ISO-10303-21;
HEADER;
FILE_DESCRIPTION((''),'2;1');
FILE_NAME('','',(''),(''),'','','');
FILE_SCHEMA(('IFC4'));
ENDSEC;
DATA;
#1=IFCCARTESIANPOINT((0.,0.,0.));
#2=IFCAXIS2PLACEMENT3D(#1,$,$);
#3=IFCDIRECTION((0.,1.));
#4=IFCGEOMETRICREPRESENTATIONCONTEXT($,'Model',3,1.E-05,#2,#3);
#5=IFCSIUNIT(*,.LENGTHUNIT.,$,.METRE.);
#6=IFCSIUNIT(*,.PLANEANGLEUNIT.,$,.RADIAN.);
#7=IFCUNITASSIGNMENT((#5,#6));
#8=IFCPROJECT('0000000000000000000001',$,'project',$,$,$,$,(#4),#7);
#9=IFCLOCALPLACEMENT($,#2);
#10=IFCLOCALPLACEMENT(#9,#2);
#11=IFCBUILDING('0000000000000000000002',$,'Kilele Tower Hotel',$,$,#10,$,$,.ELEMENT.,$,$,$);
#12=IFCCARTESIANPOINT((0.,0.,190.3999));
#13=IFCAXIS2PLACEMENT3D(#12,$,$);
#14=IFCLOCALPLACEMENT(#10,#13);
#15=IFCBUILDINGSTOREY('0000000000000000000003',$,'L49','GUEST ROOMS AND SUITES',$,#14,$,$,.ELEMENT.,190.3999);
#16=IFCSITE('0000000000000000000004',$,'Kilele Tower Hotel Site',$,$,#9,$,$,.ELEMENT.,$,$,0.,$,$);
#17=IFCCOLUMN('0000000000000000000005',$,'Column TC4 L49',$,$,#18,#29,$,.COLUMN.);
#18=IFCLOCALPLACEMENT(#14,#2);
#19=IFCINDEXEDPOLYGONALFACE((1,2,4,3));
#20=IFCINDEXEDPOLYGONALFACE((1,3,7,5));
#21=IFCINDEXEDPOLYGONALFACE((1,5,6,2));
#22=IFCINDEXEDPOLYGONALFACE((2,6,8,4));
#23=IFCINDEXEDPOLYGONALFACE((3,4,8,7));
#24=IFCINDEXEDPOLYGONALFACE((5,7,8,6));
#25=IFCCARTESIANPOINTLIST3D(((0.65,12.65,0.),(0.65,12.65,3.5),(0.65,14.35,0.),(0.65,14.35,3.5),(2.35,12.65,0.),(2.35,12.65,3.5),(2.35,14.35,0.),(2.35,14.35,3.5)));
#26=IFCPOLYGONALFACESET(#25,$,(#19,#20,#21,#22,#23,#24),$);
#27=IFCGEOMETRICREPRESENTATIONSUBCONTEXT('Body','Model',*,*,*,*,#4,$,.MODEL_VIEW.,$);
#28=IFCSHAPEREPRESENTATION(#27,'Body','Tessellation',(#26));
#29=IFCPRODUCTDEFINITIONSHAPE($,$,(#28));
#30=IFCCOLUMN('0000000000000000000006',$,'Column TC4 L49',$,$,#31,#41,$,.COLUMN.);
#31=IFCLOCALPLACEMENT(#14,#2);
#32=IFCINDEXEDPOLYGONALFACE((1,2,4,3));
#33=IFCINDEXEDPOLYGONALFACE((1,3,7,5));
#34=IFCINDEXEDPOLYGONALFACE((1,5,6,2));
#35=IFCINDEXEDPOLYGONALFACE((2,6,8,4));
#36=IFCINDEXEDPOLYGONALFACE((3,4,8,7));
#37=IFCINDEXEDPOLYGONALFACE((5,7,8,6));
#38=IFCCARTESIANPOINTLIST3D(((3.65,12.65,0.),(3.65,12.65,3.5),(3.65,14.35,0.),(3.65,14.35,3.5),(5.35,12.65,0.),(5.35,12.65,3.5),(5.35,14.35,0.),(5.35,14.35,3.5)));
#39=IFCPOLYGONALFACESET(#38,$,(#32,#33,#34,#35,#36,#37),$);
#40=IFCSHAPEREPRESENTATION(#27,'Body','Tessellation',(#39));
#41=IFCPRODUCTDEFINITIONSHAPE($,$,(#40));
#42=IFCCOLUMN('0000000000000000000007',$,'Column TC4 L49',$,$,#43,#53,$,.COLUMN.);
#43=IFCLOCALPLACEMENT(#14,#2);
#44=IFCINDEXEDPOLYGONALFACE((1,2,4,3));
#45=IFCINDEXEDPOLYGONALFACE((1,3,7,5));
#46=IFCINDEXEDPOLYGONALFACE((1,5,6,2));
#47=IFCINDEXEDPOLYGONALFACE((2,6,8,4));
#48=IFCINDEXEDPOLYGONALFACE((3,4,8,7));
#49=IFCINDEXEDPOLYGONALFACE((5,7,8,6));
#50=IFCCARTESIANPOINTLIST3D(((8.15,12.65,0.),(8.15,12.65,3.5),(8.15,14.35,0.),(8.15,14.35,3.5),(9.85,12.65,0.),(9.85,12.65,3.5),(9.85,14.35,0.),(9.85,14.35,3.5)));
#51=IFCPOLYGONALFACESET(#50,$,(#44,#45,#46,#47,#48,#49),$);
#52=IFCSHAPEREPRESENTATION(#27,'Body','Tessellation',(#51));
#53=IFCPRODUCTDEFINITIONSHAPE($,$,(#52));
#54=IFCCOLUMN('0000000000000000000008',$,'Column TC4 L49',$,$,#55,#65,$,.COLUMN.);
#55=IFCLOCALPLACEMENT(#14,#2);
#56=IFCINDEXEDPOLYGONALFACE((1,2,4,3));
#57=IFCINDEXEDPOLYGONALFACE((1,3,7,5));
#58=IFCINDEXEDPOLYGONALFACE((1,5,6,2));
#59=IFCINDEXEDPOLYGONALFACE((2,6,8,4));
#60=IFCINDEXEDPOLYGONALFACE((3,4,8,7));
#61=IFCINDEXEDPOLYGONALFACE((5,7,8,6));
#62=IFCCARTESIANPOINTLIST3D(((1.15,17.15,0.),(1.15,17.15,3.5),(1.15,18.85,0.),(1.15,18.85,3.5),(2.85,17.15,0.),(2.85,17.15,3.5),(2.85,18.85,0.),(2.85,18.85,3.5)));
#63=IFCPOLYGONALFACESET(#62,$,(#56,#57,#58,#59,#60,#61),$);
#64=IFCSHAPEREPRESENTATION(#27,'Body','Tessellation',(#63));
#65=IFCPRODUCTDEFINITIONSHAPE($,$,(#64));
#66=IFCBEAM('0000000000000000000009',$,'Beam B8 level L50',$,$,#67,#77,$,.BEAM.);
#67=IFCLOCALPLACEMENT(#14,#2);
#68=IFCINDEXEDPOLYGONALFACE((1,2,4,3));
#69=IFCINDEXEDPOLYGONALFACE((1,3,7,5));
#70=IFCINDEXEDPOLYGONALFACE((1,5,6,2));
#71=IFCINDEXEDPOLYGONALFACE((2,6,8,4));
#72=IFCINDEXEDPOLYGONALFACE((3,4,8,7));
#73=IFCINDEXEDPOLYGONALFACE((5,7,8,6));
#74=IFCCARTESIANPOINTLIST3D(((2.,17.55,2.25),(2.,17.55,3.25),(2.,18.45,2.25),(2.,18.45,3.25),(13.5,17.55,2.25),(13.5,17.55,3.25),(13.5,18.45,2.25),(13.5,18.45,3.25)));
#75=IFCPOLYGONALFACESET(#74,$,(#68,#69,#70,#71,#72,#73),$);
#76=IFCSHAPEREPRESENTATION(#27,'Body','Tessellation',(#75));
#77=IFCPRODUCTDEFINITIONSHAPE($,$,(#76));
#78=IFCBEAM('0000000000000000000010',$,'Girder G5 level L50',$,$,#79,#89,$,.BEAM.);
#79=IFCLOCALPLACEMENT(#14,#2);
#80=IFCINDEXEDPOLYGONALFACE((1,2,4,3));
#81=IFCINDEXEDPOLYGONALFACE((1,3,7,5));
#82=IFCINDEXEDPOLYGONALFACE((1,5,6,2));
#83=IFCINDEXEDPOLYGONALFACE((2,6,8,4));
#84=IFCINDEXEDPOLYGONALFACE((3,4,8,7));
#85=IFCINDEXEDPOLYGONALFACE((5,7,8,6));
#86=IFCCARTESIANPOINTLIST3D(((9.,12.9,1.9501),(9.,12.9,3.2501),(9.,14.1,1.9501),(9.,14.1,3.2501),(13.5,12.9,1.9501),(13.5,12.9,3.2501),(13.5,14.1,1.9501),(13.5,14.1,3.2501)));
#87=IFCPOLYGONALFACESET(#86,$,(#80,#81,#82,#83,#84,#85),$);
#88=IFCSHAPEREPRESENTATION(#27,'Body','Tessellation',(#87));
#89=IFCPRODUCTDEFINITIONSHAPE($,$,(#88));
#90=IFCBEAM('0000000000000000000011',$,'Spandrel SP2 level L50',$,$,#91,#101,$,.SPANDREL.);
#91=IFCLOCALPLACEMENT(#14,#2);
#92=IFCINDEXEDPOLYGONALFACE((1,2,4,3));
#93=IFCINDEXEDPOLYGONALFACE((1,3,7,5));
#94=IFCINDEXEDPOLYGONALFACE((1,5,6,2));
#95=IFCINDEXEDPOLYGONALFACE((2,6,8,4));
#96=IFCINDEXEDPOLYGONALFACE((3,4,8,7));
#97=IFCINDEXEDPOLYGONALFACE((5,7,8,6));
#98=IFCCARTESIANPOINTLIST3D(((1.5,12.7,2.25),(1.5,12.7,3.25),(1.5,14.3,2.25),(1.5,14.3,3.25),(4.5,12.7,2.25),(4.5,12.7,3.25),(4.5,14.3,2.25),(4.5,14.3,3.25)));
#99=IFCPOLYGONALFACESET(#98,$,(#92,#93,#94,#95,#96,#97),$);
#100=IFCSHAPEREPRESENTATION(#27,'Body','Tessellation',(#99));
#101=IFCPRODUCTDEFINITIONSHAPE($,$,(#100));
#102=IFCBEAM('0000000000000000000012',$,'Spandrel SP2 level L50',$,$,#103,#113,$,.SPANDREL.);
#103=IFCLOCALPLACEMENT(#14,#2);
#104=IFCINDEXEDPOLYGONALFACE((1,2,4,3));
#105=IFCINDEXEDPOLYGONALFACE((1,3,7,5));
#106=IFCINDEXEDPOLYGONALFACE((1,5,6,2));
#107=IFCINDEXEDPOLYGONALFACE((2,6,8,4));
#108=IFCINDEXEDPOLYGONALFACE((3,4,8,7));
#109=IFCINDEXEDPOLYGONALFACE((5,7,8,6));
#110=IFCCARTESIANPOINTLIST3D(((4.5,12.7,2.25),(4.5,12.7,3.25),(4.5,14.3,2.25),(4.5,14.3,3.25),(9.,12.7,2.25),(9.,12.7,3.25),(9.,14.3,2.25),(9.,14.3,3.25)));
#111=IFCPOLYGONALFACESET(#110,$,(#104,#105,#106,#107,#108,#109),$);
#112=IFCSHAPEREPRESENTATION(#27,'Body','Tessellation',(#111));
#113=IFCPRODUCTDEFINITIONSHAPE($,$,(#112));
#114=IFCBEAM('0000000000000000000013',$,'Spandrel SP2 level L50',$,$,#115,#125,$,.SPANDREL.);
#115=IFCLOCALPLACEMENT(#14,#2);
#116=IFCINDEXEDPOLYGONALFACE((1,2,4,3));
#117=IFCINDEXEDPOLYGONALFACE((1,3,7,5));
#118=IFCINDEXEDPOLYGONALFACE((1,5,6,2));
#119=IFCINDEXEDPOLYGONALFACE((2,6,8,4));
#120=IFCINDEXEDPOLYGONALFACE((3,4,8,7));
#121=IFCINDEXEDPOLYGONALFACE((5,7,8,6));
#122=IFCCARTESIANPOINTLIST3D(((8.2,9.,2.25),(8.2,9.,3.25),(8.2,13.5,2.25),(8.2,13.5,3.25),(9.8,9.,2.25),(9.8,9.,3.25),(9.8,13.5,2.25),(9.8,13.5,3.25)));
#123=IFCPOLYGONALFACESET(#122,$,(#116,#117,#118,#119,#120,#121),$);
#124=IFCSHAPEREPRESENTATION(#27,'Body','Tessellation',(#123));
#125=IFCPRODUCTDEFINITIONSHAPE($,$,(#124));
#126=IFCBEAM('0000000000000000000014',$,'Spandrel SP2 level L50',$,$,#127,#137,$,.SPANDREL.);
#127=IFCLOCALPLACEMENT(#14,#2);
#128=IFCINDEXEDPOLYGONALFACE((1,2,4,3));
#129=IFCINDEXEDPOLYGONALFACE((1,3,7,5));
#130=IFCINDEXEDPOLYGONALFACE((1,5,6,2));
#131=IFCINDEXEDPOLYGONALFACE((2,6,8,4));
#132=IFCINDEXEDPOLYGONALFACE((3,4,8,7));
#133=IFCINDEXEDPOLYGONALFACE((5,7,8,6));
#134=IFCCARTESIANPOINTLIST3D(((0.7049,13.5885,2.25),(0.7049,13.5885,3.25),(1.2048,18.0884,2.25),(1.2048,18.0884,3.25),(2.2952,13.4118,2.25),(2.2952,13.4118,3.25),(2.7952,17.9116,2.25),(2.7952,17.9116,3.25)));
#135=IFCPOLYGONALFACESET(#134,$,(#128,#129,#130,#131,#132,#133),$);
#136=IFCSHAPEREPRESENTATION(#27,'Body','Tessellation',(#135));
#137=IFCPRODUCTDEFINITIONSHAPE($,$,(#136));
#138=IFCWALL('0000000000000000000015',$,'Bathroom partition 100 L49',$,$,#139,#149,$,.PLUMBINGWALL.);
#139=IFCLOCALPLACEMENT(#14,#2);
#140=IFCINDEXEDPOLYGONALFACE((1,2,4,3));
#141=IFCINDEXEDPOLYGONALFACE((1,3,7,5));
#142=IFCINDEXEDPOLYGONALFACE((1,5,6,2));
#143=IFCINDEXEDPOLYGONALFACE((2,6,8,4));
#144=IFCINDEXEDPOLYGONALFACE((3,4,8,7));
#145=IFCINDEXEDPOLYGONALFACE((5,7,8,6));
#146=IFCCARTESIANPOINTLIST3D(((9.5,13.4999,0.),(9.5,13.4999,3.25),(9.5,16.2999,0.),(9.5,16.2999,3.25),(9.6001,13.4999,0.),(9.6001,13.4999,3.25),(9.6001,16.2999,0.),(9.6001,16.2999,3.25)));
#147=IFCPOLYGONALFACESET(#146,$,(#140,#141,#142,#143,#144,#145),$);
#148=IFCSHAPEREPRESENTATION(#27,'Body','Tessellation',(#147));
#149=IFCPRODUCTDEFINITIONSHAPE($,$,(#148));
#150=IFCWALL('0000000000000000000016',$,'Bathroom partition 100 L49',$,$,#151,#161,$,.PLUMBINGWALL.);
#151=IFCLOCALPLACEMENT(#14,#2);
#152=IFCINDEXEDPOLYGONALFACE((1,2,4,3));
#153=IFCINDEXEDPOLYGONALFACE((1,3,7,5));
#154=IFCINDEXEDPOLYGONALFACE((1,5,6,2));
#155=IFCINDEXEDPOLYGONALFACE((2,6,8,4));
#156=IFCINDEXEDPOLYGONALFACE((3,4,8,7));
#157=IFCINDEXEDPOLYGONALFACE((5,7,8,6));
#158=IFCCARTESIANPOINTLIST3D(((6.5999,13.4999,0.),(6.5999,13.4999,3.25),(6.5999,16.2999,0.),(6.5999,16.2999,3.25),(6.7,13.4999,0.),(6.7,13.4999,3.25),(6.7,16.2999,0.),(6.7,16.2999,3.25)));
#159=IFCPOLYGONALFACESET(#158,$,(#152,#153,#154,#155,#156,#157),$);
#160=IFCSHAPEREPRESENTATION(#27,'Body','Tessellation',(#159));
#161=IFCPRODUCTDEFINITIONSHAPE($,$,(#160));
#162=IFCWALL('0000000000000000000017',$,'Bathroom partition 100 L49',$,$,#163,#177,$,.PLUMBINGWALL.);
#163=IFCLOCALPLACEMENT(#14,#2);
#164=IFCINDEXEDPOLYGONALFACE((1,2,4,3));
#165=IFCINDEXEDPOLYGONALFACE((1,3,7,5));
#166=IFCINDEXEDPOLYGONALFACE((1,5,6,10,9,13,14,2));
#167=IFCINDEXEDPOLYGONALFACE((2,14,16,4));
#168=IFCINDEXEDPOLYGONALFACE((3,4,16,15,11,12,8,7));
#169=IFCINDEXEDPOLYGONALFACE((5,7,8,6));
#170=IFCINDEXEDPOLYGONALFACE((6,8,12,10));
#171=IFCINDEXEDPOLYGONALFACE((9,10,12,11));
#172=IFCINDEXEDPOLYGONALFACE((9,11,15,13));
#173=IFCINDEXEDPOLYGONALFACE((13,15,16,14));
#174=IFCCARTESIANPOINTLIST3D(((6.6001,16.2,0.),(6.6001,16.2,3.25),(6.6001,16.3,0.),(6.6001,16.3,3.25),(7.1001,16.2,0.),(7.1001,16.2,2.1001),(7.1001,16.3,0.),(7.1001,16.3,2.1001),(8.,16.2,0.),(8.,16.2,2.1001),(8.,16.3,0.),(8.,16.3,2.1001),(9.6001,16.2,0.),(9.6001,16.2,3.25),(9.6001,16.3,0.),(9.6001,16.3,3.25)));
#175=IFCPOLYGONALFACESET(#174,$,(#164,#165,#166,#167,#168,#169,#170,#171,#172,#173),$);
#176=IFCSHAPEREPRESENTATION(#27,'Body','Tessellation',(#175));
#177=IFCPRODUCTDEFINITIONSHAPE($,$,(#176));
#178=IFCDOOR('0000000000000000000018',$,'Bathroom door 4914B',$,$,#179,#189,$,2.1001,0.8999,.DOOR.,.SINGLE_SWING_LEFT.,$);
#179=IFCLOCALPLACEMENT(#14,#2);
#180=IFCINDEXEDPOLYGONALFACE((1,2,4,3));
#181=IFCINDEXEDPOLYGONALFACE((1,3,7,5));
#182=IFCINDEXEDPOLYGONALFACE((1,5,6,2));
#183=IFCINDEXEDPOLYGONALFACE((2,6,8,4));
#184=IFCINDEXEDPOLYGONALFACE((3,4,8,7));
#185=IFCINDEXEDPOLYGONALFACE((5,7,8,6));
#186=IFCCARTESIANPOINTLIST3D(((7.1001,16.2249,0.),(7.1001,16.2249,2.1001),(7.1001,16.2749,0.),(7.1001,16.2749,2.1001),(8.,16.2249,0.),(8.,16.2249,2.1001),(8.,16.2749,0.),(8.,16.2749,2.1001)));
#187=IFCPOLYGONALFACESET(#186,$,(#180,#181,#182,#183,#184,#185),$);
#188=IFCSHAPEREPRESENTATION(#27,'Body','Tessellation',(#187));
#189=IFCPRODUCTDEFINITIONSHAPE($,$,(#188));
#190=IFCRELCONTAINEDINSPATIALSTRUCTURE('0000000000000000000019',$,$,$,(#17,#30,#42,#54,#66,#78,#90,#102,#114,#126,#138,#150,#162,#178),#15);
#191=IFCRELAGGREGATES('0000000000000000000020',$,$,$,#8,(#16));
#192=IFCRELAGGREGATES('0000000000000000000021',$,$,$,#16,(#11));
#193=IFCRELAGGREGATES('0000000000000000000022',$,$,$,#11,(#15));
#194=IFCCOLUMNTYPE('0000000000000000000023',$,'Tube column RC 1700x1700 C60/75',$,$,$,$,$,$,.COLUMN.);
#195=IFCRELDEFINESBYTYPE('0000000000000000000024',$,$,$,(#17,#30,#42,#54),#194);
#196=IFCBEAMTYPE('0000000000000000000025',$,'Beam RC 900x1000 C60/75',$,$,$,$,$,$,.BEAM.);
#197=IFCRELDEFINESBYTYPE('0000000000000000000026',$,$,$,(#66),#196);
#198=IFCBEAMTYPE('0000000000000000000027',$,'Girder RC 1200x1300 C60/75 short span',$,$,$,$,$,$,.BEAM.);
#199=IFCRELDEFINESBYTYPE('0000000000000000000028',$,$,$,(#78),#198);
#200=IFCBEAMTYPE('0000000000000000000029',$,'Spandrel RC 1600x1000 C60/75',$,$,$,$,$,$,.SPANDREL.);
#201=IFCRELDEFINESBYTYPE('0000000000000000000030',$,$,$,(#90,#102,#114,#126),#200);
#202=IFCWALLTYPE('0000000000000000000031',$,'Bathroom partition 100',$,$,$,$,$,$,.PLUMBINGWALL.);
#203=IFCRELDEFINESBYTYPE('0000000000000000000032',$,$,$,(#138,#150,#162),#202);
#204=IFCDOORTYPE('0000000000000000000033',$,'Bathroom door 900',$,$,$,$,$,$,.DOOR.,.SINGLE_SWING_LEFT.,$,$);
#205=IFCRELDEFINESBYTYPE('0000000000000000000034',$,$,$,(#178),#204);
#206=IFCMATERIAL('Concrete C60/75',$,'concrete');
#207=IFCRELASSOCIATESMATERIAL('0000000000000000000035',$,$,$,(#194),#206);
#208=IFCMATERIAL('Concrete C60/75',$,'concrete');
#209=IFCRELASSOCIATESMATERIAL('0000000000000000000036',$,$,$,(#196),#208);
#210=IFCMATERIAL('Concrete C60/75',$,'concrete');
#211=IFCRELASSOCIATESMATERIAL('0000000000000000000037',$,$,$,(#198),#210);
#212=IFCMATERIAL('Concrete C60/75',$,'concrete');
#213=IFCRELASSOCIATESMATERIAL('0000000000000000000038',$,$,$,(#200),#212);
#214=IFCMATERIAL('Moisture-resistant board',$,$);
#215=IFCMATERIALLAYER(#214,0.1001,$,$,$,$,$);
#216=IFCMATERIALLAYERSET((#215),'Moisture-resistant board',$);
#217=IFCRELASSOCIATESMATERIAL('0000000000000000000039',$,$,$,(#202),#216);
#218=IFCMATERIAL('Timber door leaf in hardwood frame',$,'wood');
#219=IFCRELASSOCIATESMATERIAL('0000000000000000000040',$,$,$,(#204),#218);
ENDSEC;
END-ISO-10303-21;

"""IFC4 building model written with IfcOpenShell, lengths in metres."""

from ifc_helpers import new_model, si_unit, direction, frame, frame_2d, origin, origin_2d, place, context, subcontext, project, spatial, rectangle, extrude, material, layer, layer_set, material_profile, profile_set, type_object, element, fill, save


model = new_model("IFC4")

# Units and contexts
model_context = context("Model", 3, precision=1e-05, world=origin(), true_north=direction((0.0, 1.0)))
body_context = subcontext(model_context, "Body", "Model", "MODEL_VIEW")
ifc_project = project(units=[si_unit("LENGTHUNIT", "METRE"), si_unit("PLANEANGLEUNIT", "RADIAN")], contexts=[model_context])

# Site, building, storey
site_placement = place(None, origin())
site = spatial("IfcSite", under=ifc_project, at=site_placement, Name="Kilele Tower Hotel Site", CompositionType="ELEMENT", RefElevation=0.0)
building_placement = place(site_placement, origin())
building = spatial("IfcBuilding", under=site, at=building_placement, Name="Kilele Tower Hotel", CompositionType="ELEMENT")
storey_placement = place(building_placement, frame((0.0, 0.0, 190.3999)))
storey = spatial("IfcBuildingStorey", under=building, at=storey_placement, Name="L49", Description="GUEST ROOMS AND SUITES", CompositionType="ELEMENT", Elevation=190.3999)

# Columns
ifc_material_1 = material(Name="Concrete C60/75", Category="concrete")
ifc_material_profile_1 = material_profile(ifc_material_1, rectangle(XDim=1.7, YDim=1.7, at=origin_2d()))
ifc_profile_set_1 = profile_set([ifc_material_profile_1], Name="Concrete C60/75")
column_type = type_object("IfcColumnType", Name="Tube column RC 1700x1700 C60/75", PredefinedType="COLUMN", material=ifc_profile_set_1)
for number, where, z_axis, x_axis, name in (
    (1, (1.5, 13.5, 0.0), (0.0, 0.0, 1.0), (1.0, 0.0, 0.0), "Column TC4 L49"),
    (2, (4.5, 13.5, 0.0), (0.0, 0.0, 1.0), (1.0, 0.0, 0.0), "Column TC4 L49"),
    (3, (9.0, 13.5, 0.0), (0.0, 0.0, 1.0), (1.0, 0.0, 0.0), "Column TC4 L49"),
    (4, (2.0, 18.0, 0.0), (0.0, 0.0, 1.0), (1.0, 0.0, 0.0), "Column TC4 L49"),
):
    element("IfcColumn", number, at=place(storey_placement, frame(where, z_axis=z_axis, x_axis=x_axis)), inside=storey, type_object=column_type, Name=name, PredefinedType="COLUMN", context=body_context, shape_type="SweptSolid", body=[
        extrude(rectangle(XDim=1.7, YDim=1.7, at=origin_2d()), origin(), (0.0, 0.0, 1.0), 3.5),
    ])

# Beams
ifc_material_2 = material(Name="Concrete C60/75", Category="concrete")
ifc_material_profile_2 = material_profile(ifc_material_2, rectangle(XDim=0.8999, YDim=1.0, at=origin_2d()))
ifc_profile_set_2 = profile_set([ifc_material_profile_2], Name="Concrete C60/75")
beam_type_1 = type_object("IfcBeamType", Name="Beam RC 900x1000 C60/75", PredefinedType="BEAM", material=ifc_profile_set_2)
beam_1_placement = place(storey_placement, frame((2.0, 18.0, 2.75), z_axis=(1.0, 0.0, 0.0), x_axis=(0.0, 1.0, 0.0)))
element("IfcBeam", 5, at=beam_1_placement, inside=storey, type_object=beam_type_1, Name="Beam B8 level L50", PredefinedType="BEAM", context=body_context, shape_type="SweptSolid", body=[
    extrude(rectangle(XDim=0.8999, YDim=1.0, at=origin_2d()), origin(), (0.0, 0.0, 1.0), 11.5),
])
ifc_material_3 = material(Name="Concrete C60/75", Category="concrete")
ifc_material_profile_3 = material_profile(ifc_material_3, rectangle(XDim=1.2, YDim=1.3, at=origin_2d()))
ifc_profile_set_3 = profile_set([ifc_material_profile_3], Name="Concrete C60/75")
beam_type_2 = type_object("IfcBeamType", Name="Girder RC 1200x1300 C60/75 short span", PredefinedType="BEAM", material=ifc_profile_set_3)
beam_2_placement = place(storey_placement, frame((9.0, 13.5, 2.6001), z_axis=(1.0, 0.0, 0.0), x_axis=(0.0, 1.0, 0.0)))
element("IfcBeam", 6, at=beam_2_placement, inside=storey, type_object=beam_type_2, Name="Girder G5 level L50", PredefinedType="BEAM", context=body_context, shape_type="SweptSolid", body=[
    extrude(rectangle(XDim=1.2, YDim=1.3, at=origin_2d()), origin(), (0.0, 0.0, 1.0), 4.5),
])
ifc_material_4 = material(Name="Concrete C60/75", Category="concrete")
ifc_material_profile_4 = material_profile(ifc_material_4, rectangle(XDim=1.6001, YDim=1.0, at=origin_2d()))
ifc_profile_set_4 = profile_set([ifc_material_profile_4], Name="Concrete C60/75")
beam_type_3 = type_object("IfcBeamType", Name="Spandrel RC 1600x1000 C60/75", PredefinedType="SPANDREL", material=ifc_profile_set_4)
beam_3_placement = place(storey_placement, frame((1.5, 13.5, 2.75), z_axis=(1.0, 0.0, 0.0), x_axis=(0.0, 1.0, 0.0)))
element("IfcBeam", 7, at=beam_3_placement, inside=storey, type_object=beam_type_3, Name="Spandrel SP2 level L50", PredefinedType="SPANDREL", context=body_context, shape_type="SweptSolid", body=[
    extrude(rectangle(XDim=1.6001, YDim=1.0, at=origin_2d()), origin(), (0.0, 0.0, 1.0), 3.0),
])
for number, where, z_axis, x_axis, name in (
    (8, (4.5, 13.5, 2.75), (1.0, 0.0, 0.0), (0.0, 1.0, 0.0), "Spandrel SP2 level L50"),
    (9, (9.0, 13.5, 2.75), (0.0, -1.0, 0.0), (1.0, 0.0, 0.0), "Spandrel SP2 level L50"),
):
    element("IfcBeam", number, at=place(storey_placement, frame(where, z_axis=z_axis, x_axis=x_axis)), inside=storey, type_object=beam_type_3, Name=name, PredefinedType="SPANDREL", context=body_context, shape_type="SweptSolid", body=[
        extrude(rectangle(XDim=1.6001, YDim=1.0, at=origin_2d()), origin(), (0.0, 0.0, 1.0), 4.5),
    ])
beam_4_placement = place(storey_placement, frame((2.0, 18.0, 2.75), z_axis=(-0.110432, -0.993884, 0.0), x_axis=(0.993884, -0.110432, 0.0)))
element("IfcBeam", 10, at=beam_4_placement, inside=storey, type_object=beam_type_3, Name="Spandrel SP2 level L50", PredefinedType="SPANDREL", context=body_context, shape_type="SweptSolid", body=[
    extrude(rectangle(XDim=1.6001, YDim=1.0, at=origin_2d()), origin(), (0.0, 0.0, 1.0), 4.5276),
])

# Walls
ifc_material_5 = material(Name="Moisture-resistant board")
ifc_layer_1 = layer(ifc_material_5, 0.1001)
ifc_layer_set_1 = layer_set([ifc_layer_1], Name="Moisture-resistant board")
wall_type_1 = type_object("IfcWallType", Name="Bathroom partition 100", PredefinedType="PLUMBINGWALL", material=ifc_layer_set_1)
for number, where, z_axis, x_axis, name in (
    (11, (9.55, 13.5, 0.0), (0.0, 0.0, 1.0), (0.0, 1.0, 0.0), "Bathroom partition 100 L49"),
    (12, (6.6499, 13.5, 0.0), (0.0, 0.0, 1.0), (0.0, 1.0, 0.0), "Bathroom partition 100 L49"),
):
    element("IfcWall", number, at=place(storey_placement, frame(where, z_axis=z_axis, x_axis=x_axis)), inside=storey, type_object=wall_type_1, Name=name, PredefinedType="PLUMBINGWALL", context=body_context, shape_type="SweptSolid", body=[
        extrude(rectangle(XDim=2.8, YDim=0.1001, at=frame_2d((1.3999, 0.0))), origin(), (0.0, 0.0, 1.0), 3.25),
    ])

# Wall, opening, door
wall_1_placement = place(storey_placement, frame((9.6001, 16.25, 0.0), z_axis=(0.0, 0.0, 1.0), x_axis=(-1.0, 0.0, 0.0)))
wall_1 = element("IfcWall", 13, at=wall_1_placement, inside=storey, type_object=wall_type_1, Name="Bathroom partition 100 L49", PredefinedType="PLUMBINGWALL", context=body_context, shape_type="SweptSolid", body=[
    extrude(rectangle(XDim=3.0, YDim=0.1001, at=frame_2d((1.5, 0.0))), origin(), (0.0, 0.0, 1.0), 3.25),
])
opening_1_placement = place(wall_1_placement, frame((2.5, 0.0, 0.0), z_axis=(0.0, 0.0, 1.0), x_axis=(-1.0, 0.0, 0.0)))
opening_1 = element("IfcOpeningElement", 14, at=opening_1_placement, cuts=wall_1, PredefinedType="OPENING", context=body_context, shape_type="SweptSolid", body=[
    extrude(rectangle(XDim=0.8999, YDim=2.1001, at=frame_2d((0.45, 1.05))), frame((0.0, 0.0601, 0.0), z_axis=(0.0, -1.0, 0.0), x_axis=(1.0, 0.0, 0.0)), (0.0, 0.0, 1.0), 0.1201),
])
ifc_material_6 = material(Name="Timber door leaf in hardwood frame", Category="wood")
door_type = type_object("IfcDoorType", Name="Bathroom door 900", OperationType="SINGLE_SWING_LEFT", PredefinedType="DOOR", material=ifc_material_6)
door_placement = place(opening_1_placement, origin())
door = element("IfcDoor", 15, at=door_placement, inside=storey, type_object=door_type, Name="Bathroom door 4914B", OperationType="SINGLE_SWING_LEFT", OverallHeight=2.1001, OverallWidth=0.8999, PredefinedType="DOOR", context=body_context, shape_type="SweptSolid", body=[
    extrude(rectangle(XDim=0.8999, YDim=2.1001, at=frame_2d((0.45, 1.05))), frame((0.0, 0.0249, 0.0), z_axis=(0.0, -1.0, 0.0), x_axis=(1.0, 0.0, 0.0)), (0.0, 0.0, 1.0), 0.05),
])
fill(opening_1, door)

save(model, "model.ifc")
